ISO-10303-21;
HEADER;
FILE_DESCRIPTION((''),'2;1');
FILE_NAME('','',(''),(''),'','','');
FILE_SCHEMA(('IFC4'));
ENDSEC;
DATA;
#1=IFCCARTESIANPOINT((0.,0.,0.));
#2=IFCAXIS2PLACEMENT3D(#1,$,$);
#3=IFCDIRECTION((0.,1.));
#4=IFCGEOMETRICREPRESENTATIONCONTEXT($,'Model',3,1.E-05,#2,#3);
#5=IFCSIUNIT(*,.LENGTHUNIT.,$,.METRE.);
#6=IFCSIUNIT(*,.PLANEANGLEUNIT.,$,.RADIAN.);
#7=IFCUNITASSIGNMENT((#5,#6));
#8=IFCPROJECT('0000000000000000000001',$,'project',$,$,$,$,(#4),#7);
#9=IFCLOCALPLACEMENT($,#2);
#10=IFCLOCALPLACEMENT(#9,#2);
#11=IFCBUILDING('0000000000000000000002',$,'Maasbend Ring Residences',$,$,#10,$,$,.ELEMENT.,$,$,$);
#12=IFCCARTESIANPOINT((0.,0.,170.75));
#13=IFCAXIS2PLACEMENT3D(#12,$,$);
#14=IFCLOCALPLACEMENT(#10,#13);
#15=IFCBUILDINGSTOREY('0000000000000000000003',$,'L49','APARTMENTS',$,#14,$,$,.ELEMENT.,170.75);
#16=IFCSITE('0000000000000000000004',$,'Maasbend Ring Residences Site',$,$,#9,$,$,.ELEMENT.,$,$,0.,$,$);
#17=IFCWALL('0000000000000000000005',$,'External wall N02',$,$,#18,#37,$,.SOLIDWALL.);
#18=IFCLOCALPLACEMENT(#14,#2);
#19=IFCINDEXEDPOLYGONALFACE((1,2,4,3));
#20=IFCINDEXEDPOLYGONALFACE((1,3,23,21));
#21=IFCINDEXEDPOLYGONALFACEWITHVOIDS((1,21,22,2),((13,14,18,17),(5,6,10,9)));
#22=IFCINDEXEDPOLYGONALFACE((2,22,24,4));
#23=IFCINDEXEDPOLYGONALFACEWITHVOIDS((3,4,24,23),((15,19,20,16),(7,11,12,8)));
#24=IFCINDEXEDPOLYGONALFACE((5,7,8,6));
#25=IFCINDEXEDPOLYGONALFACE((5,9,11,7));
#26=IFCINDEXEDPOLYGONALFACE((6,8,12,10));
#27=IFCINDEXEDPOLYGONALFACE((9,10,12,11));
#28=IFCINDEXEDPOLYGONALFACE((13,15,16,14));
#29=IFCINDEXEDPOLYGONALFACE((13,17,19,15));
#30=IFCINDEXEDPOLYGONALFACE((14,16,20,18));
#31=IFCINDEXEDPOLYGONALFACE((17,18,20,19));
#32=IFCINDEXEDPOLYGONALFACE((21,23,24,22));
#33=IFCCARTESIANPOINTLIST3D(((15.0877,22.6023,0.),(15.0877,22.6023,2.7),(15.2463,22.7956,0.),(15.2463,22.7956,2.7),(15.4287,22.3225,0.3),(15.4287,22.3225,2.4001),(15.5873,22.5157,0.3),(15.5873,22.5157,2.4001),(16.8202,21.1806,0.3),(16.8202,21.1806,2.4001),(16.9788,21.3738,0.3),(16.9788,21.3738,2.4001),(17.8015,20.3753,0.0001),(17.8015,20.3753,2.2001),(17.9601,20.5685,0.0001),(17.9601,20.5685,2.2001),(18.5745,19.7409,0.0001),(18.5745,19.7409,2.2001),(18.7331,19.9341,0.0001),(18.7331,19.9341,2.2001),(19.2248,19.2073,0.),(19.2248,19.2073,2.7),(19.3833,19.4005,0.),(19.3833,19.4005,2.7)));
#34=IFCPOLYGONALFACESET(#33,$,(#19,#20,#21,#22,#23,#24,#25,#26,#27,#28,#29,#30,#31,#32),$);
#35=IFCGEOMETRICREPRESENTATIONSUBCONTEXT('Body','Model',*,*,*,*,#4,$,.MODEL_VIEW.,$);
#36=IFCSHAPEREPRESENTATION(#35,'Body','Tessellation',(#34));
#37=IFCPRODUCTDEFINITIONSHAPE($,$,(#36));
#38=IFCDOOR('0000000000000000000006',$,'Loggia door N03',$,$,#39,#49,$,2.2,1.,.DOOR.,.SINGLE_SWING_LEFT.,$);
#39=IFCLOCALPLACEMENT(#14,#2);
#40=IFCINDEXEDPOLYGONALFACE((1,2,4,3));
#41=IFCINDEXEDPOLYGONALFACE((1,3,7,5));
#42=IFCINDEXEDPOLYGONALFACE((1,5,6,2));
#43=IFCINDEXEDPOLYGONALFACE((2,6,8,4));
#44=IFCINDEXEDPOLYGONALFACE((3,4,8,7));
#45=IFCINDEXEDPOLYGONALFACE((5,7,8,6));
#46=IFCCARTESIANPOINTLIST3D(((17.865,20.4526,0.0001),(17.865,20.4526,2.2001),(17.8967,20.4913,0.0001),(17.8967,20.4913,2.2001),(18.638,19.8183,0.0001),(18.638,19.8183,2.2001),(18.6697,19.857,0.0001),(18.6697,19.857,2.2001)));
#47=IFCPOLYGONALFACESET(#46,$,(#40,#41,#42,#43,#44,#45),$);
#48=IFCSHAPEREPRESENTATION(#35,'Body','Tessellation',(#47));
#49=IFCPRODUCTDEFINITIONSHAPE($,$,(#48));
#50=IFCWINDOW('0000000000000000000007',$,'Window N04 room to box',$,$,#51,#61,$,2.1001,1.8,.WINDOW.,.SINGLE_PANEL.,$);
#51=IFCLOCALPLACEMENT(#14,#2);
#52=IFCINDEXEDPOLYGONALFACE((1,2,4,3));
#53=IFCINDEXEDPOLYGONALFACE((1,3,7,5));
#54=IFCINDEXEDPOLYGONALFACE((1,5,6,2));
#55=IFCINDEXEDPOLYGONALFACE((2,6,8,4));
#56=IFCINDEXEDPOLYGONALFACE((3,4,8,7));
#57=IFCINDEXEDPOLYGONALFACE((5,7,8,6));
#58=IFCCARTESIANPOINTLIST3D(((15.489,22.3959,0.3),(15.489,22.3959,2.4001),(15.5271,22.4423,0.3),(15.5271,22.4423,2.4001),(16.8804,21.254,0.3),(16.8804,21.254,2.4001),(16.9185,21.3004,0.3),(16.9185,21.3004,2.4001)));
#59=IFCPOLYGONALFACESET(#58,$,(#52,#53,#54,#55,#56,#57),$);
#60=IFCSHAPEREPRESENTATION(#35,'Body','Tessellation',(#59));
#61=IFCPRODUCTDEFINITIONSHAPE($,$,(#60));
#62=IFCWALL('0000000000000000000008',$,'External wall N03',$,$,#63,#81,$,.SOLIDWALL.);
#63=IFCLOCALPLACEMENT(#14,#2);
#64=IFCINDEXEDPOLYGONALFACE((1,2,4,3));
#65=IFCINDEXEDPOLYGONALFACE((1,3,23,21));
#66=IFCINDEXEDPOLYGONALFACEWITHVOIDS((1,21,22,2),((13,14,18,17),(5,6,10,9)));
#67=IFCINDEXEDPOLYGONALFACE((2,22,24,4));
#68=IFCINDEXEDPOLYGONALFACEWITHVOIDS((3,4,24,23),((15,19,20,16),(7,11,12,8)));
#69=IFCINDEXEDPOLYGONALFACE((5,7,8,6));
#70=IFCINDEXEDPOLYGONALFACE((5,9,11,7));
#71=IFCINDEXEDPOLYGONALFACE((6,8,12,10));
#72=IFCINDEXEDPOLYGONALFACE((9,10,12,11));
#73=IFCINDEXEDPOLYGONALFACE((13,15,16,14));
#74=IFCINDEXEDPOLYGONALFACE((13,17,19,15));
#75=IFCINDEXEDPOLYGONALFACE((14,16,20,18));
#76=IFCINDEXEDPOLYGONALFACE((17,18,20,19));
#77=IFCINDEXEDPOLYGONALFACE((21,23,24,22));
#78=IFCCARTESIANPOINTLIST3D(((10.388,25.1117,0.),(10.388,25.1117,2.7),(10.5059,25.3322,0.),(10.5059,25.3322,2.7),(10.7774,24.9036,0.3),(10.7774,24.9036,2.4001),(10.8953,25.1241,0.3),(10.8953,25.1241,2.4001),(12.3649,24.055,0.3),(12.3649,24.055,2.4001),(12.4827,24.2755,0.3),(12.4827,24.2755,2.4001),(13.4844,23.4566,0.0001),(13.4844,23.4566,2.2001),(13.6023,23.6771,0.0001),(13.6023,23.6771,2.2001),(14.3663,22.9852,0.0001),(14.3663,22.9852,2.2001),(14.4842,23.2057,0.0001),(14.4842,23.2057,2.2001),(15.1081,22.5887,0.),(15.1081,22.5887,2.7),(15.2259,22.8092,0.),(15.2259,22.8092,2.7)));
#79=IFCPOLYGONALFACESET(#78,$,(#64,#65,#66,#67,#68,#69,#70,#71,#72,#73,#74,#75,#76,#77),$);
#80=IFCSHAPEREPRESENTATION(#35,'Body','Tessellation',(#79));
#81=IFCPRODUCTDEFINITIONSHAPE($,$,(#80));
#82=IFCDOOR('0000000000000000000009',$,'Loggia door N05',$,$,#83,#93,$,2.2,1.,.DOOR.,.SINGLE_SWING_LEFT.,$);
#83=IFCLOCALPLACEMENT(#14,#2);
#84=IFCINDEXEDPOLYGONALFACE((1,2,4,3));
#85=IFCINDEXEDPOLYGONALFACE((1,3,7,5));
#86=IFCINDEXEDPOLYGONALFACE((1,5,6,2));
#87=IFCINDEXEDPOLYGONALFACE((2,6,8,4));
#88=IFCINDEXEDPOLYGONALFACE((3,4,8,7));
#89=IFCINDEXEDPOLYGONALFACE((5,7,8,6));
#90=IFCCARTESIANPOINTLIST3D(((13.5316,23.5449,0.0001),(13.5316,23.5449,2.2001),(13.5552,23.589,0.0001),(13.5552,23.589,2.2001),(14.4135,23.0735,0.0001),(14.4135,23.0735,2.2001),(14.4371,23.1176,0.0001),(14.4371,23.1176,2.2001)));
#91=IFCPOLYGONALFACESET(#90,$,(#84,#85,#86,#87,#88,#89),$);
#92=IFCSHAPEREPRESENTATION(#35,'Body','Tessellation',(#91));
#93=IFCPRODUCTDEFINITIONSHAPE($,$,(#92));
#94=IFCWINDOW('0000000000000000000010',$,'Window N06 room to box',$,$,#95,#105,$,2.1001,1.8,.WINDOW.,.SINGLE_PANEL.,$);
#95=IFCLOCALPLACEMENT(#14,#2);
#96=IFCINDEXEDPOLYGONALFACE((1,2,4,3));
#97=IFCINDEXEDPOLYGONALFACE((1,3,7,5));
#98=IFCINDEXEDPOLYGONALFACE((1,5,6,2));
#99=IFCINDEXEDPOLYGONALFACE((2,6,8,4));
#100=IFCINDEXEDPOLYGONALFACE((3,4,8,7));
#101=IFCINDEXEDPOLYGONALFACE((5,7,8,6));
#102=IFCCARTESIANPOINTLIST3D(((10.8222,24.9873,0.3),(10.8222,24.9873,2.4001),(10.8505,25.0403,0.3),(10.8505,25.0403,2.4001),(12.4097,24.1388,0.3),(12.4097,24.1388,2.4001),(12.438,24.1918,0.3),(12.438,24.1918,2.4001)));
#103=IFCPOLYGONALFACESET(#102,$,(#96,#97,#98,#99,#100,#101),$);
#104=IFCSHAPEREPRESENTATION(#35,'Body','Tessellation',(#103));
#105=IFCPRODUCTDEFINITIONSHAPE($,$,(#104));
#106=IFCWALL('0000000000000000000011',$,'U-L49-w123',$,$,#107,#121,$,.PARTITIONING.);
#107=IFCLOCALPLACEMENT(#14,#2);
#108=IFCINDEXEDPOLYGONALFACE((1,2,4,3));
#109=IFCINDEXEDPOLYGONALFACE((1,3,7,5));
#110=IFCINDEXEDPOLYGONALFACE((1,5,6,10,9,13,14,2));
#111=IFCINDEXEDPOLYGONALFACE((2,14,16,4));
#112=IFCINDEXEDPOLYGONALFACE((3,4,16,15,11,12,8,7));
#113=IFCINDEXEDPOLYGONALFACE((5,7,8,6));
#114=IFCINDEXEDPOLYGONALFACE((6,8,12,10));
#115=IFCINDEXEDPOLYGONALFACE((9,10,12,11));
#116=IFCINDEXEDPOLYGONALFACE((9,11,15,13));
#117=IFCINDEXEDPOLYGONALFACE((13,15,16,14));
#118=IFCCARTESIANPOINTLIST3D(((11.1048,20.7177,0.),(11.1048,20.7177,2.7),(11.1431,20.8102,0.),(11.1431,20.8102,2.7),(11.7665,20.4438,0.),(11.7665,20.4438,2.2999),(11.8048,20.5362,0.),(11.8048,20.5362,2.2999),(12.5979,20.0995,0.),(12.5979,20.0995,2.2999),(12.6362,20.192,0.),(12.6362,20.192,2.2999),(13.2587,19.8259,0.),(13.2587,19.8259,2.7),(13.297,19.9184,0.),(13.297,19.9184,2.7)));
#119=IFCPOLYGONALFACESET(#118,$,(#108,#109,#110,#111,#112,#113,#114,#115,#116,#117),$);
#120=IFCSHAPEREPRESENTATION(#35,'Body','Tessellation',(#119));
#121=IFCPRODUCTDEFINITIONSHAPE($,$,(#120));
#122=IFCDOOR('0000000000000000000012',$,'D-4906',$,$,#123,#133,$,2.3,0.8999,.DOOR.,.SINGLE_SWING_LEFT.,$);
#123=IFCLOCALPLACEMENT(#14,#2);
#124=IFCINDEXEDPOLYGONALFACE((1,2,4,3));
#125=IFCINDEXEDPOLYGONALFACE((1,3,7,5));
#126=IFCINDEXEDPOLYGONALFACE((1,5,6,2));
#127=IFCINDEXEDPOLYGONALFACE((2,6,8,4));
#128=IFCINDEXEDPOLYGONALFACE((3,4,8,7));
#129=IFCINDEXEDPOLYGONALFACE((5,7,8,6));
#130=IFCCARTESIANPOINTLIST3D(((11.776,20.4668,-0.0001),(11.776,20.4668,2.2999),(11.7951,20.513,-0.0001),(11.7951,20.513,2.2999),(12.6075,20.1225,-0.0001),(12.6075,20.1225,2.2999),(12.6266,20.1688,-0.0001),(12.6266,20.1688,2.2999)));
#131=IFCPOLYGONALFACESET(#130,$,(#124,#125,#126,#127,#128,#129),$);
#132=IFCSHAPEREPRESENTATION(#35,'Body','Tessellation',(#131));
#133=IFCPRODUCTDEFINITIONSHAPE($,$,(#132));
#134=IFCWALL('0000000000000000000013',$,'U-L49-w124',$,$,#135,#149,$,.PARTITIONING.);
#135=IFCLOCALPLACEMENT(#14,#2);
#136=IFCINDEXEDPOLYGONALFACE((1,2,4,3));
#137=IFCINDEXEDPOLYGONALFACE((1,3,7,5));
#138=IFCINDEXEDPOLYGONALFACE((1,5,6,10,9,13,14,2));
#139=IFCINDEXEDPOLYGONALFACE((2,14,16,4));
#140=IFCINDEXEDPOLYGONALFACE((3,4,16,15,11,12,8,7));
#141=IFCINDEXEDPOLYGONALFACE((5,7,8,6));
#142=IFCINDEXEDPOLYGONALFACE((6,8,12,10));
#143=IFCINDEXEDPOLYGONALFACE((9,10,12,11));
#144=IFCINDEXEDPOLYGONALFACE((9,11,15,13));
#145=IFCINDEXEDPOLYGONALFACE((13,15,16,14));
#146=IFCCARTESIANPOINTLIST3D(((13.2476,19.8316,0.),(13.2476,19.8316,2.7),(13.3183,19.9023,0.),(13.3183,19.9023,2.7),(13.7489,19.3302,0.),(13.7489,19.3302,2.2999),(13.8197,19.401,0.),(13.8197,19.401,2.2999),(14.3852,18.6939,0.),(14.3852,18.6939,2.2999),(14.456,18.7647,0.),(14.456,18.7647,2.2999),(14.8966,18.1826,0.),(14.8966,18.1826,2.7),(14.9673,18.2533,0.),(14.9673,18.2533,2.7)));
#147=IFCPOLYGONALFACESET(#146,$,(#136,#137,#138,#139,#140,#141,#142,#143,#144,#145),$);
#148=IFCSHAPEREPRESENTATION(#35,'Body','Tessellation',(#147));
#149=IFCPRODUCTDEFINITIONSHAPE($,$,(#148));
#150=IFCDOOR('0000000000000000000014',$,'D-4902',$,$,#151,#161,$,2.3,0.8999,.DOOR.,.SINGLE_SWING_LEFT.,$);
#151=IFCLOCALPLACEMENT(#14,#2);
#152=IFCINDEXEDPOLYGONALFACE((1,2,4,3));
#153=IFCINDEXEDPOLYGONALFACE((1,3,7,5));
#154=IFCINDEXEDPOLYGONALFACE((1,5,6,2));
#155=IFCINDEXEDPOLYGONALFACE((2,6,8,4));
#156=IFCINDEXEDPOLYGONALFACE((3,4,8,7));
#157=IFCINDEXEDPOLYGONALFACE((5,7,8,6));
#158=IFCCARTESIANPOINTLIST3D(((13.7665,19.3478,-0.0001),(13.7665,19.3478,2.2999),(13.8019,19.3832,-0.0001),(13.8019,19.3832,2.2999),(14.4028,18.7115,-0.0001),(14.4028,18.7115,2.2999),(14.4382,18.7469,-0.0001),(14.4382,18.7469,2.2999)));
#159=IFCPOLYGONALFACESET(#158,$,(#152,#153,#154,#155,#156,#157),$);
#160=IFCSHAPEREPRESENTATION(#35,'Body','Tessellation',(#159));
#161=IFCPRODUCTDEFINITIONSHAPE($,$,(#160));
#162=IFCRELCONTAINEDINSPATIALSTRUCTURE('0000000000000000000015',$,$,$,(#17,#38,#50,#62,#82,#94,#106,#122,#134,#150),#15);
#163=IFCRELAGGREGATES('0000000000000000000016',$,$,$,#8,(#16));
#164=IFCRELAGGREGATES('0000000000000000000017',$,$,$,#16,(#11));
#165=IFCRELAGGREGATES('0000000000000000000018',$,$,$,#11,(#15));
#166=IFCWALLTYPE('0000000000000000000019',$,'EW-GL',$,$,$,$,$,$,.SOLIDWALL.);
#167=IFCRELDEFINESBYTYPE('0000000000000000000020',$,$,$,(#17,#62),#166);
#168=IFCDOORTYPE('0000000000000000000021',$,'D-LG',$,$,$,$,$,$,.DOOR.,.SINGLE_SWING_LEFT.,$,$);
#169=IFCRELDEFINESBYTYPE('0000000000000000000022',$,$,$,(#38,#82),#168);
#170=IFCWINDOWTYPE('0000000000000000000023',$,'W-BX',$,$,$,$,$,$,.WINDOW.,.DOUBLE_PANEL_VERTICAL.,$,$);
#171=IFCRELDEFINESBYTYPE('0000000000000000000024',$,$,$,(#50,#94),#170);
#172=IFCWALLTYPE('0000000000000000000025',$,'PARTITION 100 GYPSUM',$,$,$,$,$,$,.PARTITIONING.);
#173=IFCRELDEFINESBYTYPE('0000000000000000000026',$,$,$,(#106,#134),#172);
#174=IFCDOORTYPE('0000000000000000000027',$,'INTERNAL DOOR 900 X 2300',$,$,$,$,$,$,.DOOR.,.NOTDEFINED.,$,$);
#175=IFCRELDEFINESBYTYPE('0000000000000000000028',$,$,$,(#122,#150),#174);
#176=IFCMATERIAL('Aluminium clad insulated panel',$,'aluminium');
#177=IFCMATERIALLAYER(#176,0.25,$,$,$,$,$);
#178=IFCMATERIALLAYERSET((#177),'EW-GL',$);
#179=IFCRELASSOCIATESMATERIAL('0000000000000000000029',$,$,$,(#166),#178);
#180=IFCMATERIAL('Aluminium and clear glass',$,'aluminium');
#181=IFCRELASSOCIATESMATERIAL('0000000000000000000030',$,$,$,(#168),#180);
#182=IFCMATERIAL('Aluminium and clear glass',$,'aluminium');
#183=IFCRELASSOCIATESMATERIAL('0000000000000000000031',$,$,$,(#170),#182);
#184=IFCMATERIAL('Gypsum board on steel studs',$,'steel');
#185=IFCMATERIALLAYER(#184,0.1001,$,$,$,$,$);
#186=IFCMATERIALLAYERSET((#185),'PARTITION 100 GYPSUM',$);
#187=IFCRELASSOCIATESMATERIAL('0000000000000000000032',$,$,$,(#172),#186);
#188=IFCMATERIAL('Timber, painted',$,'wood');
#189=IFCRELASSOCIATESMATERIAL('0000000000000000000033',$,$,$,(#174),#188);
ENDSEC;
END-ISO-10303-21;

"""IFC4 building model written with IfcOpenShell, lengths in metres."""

from ifc_helpers import new_model, si_unit, direction, frame, frame_2d, origin, place, context, subcontext, project, spatial, rectangle, extrude, material, layer, layer_set, type_object, element, fill, save


model = new_model("IFC4")

# Units and contexts
model_context = context("Model", 3, precision=1e-05, world=origin(), true_north=direction((0.0, 1.0)))
body_context = subcontext(model_context, "Body", "Model", "MODEL_VIEW")
ifc_project = project(units=[si_unit("LENGTHUNIT", "METRE"), si_unit("PLANEANGLEUNIT", "RADIAN")], contexts=[model_context])

# Site, building, storey
site_placement = place(None, origin())
site = spatial("IfcSite", under=ifc_project, at=site_placement, Name="Maasbend Ring Residences Site", CompositionType="ELEMENT", RefElevation=0.0)
building_placement = place(site_placement, origin())
building = spatial("IfcBuilding", under=site, at=building_placement, Name="Maasbend Ring Residences", CompositionType="ELEMENT")
storey_placement = place(building_placement, frame((0.0, 0.0, 170.75)))
storey = spatial("IfcBuildingStorey", under=building, at=storey_placement, Name="L49", Description="APARTMENTS", CompositionType="ELEMENT", Elevation=170.75)

# Walls, openings, doors, windows
ifc_material_1 = material(Name="Aluminium clad insulated panel", Category="aluminium")
ifc_layer_1 = layer(ifc_material_1, 0.25)
ifc_layer_set_1 = layer_set([ifc_layer_1], Name="EW-GL")
wall_type_1 = type_object("IfcWallType", Name="EW-GL", PredefinedType="SOLIDWALL", material=ifc_layer_set_1)
wall_1_placement = place(storey_placement, frame((19.304, 19.304, 0.0), z_axis=(0.0, 0.0, 1.0), x_axis=(-0.773019, 0.634382, 0.0)))
wall_1 = element("IfcWall", 1, at=wall_1_placement, inside=storey, type_object=wall_type_1, Name="External wall N02", PredefinedType="SOLIDWALL", context=body_context, shape_type="SweptSolid", body=[
    extrude(rectangle(XDim=5.3518, YDim=0.25, at=frame_2d((2.6758, 0.0))), origin(), (0.0, 0.0, 1.0), 2.7),
])
opening_1_placement = place(wall_1_placement, frame((0.8411, 0.0, 0.0)))
opening_1 = element("IfcOpeningElement", 2, at=opening_1_placement, cuts=wall_1, PredefinedType="OPENING", context=body_context, shape_type="SweptSolid", body=[
    extrude(rectangle(XDim=1.0, YDim=2.2, at=frame_2d((0.5, 1.1001))), frame((0.0, 0.135, 0.0), z_axis=(0.0, -1.0, 0.0), x_axis=(1.0, 0.0, 0.0)), (0.0, 0.0, 1.0), 0.27),
])
opening_2_placement = place(wall_1_placement, frame((3.1106, 0.0, 0.3)))
opening_2 = element("IfcOpeningElement", 3, at=opening_2_placement, cuts=wall_1, PredefinedType="OPENING", context=body_context, shape_type="SweptSolid", body=[
    extrude(rectangle(XDim=1.8, YDim=2.1001, at=frame_2d((0.8999, 1.05))), frame((0.0, 0.135, 0.0), z_axis=(0.0, -1.0, 0.0), x_axis=(1.0, 0.0, 0.0)), (0.0, 0.0, 1.0), 0.27),
])
ifc_material_2 = material(Name="Aluminium and clear glass", Category="aluminium")
door_type_1 = type_object("IfcDoorType", Name="D-LG", OperationType="SINGLE_SWING_LEFT", PredefinedType="DOOR", material=ifc_material_2)
door_1_placement = place(opening_1_placement, origin())
door_1 = element("IfcDoor", 4, at=door_1_placement, inside=storey, type_object=door_type_1, Name="Loggia door N03", OperationType="SINGLE_SWING_LEFT", OverallHeight=2.2, OverallWidth=1.0, PredefinedType="DOOR", context=body_context, shape_type="SweptSolid", body=[
    extrude(rectangle(XDim=1.0, YDim=2.2, at=frame_2d((0.5, 1.1001))), frame((0.0, 0.0249, 0.0), z_axis=(0.0, -1.0, 0.0), x_axis=(1.0, 0.0, 0.0)), (0.0, 0.0, 1.0), 0.05),
])
fill(opening_1, door_1)
ifc_material_3 = material(Name="Aluminium and clear glass", Category="aluminium")
window_type_1 = type_object("IfcWindowType", Name="W-BX", PartitioningType="DOUBLE_PANEL_VERTICAL", PredefinedType="WINDOW", material=ifc_material_3)
window_1_placement = place(opening_2_placement, origin())
window_1 = element("IfcWindow", 5, at=window_1_placement, inside=storey, type_object=window_type_1, Name="Window N04 room to box", OverallHeight=2.1001, OverallWidth=1.8, PartitioningType="SINGLE_PANEL", PredefinedType="WINDOW", context=body_context, shape_type="SweptSolid", body=[
    extrude(rectangle(XDim=1.8, YDim=2.1001, at=frame_2d((0.8999, 1.05))), frame((0.0, 0.03, 0.0), z_axis=(0.0, -1.0, 0.0), x_axis=(1.0, 0.0, 0.0)), (0.0, 0.0, 1.0), 0.0601),
])
fill(opening_2, window_1)
wall_2_placement = place(storey_placement, frame((15.167, 22.699, 0.0), z_axis=(0.0, 0.0, 1.0), x_axis=(-0.881916, 0.471407, 0.0)))
wall_2 = element("IfcWall", 6, at=wall_2_placement, inside=storey, type_object=wall_type_1, Name="External wall N03", PredefinedType="SOLIDWALL", context=body_context, shape_type="SweptSolid", body=[
    extrude(rectangle(XDim=5.3521, YDim=0.25, at=frame_2d((2.676, 0.0))), origin(), (0.0, 0.0, 1.0), 2.7),
])
opening_3_placement = place(wall_2_placement, frame((0.8411, 0.0, 0.0)))
opening_3 = element("IfcOpeningElement", 7, at=opening_3_placement, cuts=wall_2, PredefinedType="OPENING", context=body_context, shape_type="SweptSolid", body=[
    extrude(rectangle(XDim=1.0, YDim=2.2, at=frame_2d((0.5, 1.1001))), frame((0.0, 0.135, 0.0), z_axis=(0.0, -1.0, 0.0), x_axis=(1.0, 0.0, 0.0)), (0.0, 0.0, 1.0), 0.27),
])
opening_4_placement = place(wall_2_placement, frame((3.1106, 0.0, 0.3)))
opening_4 = element("IfcOpeningElement", 8, at=opening_4_placement, cuts=wall_2, PredefinedType="OPENING", context=body_context, shape_type="SweptSolid", body=[
    extrude(rectangle(XDim=1.8, YDim=2.1001, at=frame_2d((0.8999, 1.05))), frame((0.0, 0.135, 0.0), z_axis=(0.0, -1.0, 0.0), x_axis=(1.0, 0.0, 0.0)), (0.0, 0.0, 1.0), 0.27),
])
door_2_placement = place(opening_3_placement, origin())
door_2 = element("IfcDoor", 9, at=door_2_placement, inside=storey, type_object=door_type_1, Name="Loggia door N05", OperationType="SINGLE_SWING_LEFT", OverallHeight=2.2, OverallWidth=1.0, PredefinedType="DOOR", context=body_context, shape_type="SweptSolid", body=[
    extrude(rectangle(XDim=1.0, YDim=2.2, at=frame_2d((0.5, 1.1001))), frame((0.0, 0.0249, 0.0), z_axis=(0.0, -1.0, 0.0), x_axis=(1.0, 0.0, 0.0)), (0.0, 0.0, 1.0), 0.05),
])
fill(opening_3, door_2)
window_2_placement = place(opening_4_placement, origin())
window_2 = element("IfcWindow", 10, at=window_2_placement, inside=storey, type_object=window_type_1, Name="Window N06 room to box", OverallHeight=2.1001, OverallWidth=1.8, PartitioningType="SINGLE_PANEL", PredefinedType="WINDOW", context=body_context, shape_type="SweptSolid", body=[
    extrude(rectangle(XDim=1.8, YDim=2.1001, at=frame_2d((0.8999, 1.05))), frame((0.0, 0.03, 0.0), z_axis=(0.0, -1.0, 0.0), x_axis=(1.0, 0.0, 0.0)), (0.0, 0.0, 1.0), 0.0601),
])
fill(opening_4, window_2)

# Walls, openings, doors
ifc_material_4 = material(Name="Gypsum board on steel studs", Category="steel")
ifc_layer_2 = layer(ifc_material_4, 0.1001)
ifc_layer_set_2 = layer_set([ifc_layer_2], Name="PARTITION 100 GYPSUM")
wall_type_2 = type_object("IfcWallType", Name="PARTITION 100 GYPSUM", PredefinedType="PARTITIONING", material=ifc_layer_set_2)
wall_3_placement = place(storey_placement, frame((11.124, 20.7639, 0.0), z_axis=(0.0, 0.0, 1.0), x_axis=(0.923939, -0.38254, 0.0)))
wall_3 = element("IfcWall", 11, at=wall_3_placement, inside=storey, type_object=wall_type_2, Name="U-L49-w123", PredefinedType="PARTITIONING", context=body_context, shape_type="SweptSolid", body=[
    extrude(rectangle(XDim=2.3313, YDim=0.1001, at=frame_2d((1.1655, 0.0))), origin(), (0.0, 0.0, 1.0), 2.7),
])
opening_5_placement = place(wall_3_placement, frame((0.7161, 0.0, 0.0)))
opening_5 = element("IfcOpeningElement", 12, at=opening_5_placement, cuts=wall_3, PredefinedType="OPENING", context=body_context, shape_type="SweptSolid", body=[
    extrude(rectangle(XDim=0.8999, YDim=2.3, at=frame_2d((0.45, 1.1499))), frame((0.0, 0.0601, 0.0), z_axis=(0.0, -1.0, 0.0), x_axis=(1.0, 0.0, 0.0)), (0.0, 0.0, 1.0), 0.1201),
])
ifc_material_5 = material(Name="Timber, painted", Category="wood")
door_type_2 = type_object("IfcDoorType", Name="INTERNAL DOOR 900 X 2300", OperationType="NOTDEFINED", PredefinedType="DOOR", material=ifc_material_5)
door_3_placement = place(opening_5_placement, origin())
door_3 = element("IfcDoor", 13, at=door_3_placement, inside=storey, type_object=door_type_2, Name="D-4906", OperationType="SINGLE_SWING_LEFT", OverallHeight=2.3, OverallWidth=0.8999, PredefinedType="DOOR", context=body_context, shape_type="SweptSolid", body=[
    extrude(rectangle(XDim=0.8999, YDim=2.3, at=frame_2d((0.45, 1.1499))), frame((0.0, 0.0249, 0.0), z_axis=(0.0, -1.0, 0.0), x_axis=(1.0, 0.0, 0.0)), (0.0, 0.0, 1.0), 0.05),
])
fill(opening_5, door_3)
wall_4_placement = place(storey_placement, frame((13.283, 19.8669, 0.0), z_axis=(0.0, 0.0, 1.0), x_axis=(0.707107, -0.707107, 0.0)))
wall_4 = element("IfcWall", 14, at=wall_4_placement, inside=storey, type_object=wall_type_2, Name="U-L49-w124", PredefinedType="PARTITIONING", context=body_context, shape_type="SweptSolid", body=[
    extrude(rectangle(XDim=2.332, YDim=0.1001, at=frame_2d((1.166, 0.0))), origin(), (0.0, 0.0, 1.0), 2.7),
])
opening_6_placement = place(wall_4_placement, frame((0.709, 0.0, 0.0)))
opening_6 = element("IfcOpeningElement", 15, at=opening_6_placement, cuts=wall_4, PredefinedType="OPENING", context=body_context, shape_type="SweptSolid", body=[
    extrude(rectangle(XDim=0.8999, YDim=2.3, at=frame_2d((0.45, 1.1499))), frame((0.0, 0.0601, 0.0), z_axis=(0.0, -1.0, 0.0), x_axis=(1.0, 0.0, 0.0)), (0.0, 0.0, 1.0), 0.1201),
])
door_4_placement = place(opening_6_placement, origin())
door_4 = element("IfcDoor", 16, at=door_4_placement, inside=storey, type_object=door_type_2, Name="D-4902", OperationType="SINGLE_SWING_LEFT", OverallHeight=2.3, OverallWidth=0.8999, PredefinedType="DOOR", context=body_context, shape_type="SweptSolid", body=[
    extrude(rectangle(XDim=0.8999, YDim=2.3, at=frame_2d((0.45, 1.1499))), frame((0.0, 0.0249, 0.0), z_axis=(0.0, -1.0, 0.0), x_axis=(1.0, 0.0, 0.0)), (0.0, 0.0, 1.0), 0.05),
])
fill(opening_6, door_4)

save(model, "model.ifc")
